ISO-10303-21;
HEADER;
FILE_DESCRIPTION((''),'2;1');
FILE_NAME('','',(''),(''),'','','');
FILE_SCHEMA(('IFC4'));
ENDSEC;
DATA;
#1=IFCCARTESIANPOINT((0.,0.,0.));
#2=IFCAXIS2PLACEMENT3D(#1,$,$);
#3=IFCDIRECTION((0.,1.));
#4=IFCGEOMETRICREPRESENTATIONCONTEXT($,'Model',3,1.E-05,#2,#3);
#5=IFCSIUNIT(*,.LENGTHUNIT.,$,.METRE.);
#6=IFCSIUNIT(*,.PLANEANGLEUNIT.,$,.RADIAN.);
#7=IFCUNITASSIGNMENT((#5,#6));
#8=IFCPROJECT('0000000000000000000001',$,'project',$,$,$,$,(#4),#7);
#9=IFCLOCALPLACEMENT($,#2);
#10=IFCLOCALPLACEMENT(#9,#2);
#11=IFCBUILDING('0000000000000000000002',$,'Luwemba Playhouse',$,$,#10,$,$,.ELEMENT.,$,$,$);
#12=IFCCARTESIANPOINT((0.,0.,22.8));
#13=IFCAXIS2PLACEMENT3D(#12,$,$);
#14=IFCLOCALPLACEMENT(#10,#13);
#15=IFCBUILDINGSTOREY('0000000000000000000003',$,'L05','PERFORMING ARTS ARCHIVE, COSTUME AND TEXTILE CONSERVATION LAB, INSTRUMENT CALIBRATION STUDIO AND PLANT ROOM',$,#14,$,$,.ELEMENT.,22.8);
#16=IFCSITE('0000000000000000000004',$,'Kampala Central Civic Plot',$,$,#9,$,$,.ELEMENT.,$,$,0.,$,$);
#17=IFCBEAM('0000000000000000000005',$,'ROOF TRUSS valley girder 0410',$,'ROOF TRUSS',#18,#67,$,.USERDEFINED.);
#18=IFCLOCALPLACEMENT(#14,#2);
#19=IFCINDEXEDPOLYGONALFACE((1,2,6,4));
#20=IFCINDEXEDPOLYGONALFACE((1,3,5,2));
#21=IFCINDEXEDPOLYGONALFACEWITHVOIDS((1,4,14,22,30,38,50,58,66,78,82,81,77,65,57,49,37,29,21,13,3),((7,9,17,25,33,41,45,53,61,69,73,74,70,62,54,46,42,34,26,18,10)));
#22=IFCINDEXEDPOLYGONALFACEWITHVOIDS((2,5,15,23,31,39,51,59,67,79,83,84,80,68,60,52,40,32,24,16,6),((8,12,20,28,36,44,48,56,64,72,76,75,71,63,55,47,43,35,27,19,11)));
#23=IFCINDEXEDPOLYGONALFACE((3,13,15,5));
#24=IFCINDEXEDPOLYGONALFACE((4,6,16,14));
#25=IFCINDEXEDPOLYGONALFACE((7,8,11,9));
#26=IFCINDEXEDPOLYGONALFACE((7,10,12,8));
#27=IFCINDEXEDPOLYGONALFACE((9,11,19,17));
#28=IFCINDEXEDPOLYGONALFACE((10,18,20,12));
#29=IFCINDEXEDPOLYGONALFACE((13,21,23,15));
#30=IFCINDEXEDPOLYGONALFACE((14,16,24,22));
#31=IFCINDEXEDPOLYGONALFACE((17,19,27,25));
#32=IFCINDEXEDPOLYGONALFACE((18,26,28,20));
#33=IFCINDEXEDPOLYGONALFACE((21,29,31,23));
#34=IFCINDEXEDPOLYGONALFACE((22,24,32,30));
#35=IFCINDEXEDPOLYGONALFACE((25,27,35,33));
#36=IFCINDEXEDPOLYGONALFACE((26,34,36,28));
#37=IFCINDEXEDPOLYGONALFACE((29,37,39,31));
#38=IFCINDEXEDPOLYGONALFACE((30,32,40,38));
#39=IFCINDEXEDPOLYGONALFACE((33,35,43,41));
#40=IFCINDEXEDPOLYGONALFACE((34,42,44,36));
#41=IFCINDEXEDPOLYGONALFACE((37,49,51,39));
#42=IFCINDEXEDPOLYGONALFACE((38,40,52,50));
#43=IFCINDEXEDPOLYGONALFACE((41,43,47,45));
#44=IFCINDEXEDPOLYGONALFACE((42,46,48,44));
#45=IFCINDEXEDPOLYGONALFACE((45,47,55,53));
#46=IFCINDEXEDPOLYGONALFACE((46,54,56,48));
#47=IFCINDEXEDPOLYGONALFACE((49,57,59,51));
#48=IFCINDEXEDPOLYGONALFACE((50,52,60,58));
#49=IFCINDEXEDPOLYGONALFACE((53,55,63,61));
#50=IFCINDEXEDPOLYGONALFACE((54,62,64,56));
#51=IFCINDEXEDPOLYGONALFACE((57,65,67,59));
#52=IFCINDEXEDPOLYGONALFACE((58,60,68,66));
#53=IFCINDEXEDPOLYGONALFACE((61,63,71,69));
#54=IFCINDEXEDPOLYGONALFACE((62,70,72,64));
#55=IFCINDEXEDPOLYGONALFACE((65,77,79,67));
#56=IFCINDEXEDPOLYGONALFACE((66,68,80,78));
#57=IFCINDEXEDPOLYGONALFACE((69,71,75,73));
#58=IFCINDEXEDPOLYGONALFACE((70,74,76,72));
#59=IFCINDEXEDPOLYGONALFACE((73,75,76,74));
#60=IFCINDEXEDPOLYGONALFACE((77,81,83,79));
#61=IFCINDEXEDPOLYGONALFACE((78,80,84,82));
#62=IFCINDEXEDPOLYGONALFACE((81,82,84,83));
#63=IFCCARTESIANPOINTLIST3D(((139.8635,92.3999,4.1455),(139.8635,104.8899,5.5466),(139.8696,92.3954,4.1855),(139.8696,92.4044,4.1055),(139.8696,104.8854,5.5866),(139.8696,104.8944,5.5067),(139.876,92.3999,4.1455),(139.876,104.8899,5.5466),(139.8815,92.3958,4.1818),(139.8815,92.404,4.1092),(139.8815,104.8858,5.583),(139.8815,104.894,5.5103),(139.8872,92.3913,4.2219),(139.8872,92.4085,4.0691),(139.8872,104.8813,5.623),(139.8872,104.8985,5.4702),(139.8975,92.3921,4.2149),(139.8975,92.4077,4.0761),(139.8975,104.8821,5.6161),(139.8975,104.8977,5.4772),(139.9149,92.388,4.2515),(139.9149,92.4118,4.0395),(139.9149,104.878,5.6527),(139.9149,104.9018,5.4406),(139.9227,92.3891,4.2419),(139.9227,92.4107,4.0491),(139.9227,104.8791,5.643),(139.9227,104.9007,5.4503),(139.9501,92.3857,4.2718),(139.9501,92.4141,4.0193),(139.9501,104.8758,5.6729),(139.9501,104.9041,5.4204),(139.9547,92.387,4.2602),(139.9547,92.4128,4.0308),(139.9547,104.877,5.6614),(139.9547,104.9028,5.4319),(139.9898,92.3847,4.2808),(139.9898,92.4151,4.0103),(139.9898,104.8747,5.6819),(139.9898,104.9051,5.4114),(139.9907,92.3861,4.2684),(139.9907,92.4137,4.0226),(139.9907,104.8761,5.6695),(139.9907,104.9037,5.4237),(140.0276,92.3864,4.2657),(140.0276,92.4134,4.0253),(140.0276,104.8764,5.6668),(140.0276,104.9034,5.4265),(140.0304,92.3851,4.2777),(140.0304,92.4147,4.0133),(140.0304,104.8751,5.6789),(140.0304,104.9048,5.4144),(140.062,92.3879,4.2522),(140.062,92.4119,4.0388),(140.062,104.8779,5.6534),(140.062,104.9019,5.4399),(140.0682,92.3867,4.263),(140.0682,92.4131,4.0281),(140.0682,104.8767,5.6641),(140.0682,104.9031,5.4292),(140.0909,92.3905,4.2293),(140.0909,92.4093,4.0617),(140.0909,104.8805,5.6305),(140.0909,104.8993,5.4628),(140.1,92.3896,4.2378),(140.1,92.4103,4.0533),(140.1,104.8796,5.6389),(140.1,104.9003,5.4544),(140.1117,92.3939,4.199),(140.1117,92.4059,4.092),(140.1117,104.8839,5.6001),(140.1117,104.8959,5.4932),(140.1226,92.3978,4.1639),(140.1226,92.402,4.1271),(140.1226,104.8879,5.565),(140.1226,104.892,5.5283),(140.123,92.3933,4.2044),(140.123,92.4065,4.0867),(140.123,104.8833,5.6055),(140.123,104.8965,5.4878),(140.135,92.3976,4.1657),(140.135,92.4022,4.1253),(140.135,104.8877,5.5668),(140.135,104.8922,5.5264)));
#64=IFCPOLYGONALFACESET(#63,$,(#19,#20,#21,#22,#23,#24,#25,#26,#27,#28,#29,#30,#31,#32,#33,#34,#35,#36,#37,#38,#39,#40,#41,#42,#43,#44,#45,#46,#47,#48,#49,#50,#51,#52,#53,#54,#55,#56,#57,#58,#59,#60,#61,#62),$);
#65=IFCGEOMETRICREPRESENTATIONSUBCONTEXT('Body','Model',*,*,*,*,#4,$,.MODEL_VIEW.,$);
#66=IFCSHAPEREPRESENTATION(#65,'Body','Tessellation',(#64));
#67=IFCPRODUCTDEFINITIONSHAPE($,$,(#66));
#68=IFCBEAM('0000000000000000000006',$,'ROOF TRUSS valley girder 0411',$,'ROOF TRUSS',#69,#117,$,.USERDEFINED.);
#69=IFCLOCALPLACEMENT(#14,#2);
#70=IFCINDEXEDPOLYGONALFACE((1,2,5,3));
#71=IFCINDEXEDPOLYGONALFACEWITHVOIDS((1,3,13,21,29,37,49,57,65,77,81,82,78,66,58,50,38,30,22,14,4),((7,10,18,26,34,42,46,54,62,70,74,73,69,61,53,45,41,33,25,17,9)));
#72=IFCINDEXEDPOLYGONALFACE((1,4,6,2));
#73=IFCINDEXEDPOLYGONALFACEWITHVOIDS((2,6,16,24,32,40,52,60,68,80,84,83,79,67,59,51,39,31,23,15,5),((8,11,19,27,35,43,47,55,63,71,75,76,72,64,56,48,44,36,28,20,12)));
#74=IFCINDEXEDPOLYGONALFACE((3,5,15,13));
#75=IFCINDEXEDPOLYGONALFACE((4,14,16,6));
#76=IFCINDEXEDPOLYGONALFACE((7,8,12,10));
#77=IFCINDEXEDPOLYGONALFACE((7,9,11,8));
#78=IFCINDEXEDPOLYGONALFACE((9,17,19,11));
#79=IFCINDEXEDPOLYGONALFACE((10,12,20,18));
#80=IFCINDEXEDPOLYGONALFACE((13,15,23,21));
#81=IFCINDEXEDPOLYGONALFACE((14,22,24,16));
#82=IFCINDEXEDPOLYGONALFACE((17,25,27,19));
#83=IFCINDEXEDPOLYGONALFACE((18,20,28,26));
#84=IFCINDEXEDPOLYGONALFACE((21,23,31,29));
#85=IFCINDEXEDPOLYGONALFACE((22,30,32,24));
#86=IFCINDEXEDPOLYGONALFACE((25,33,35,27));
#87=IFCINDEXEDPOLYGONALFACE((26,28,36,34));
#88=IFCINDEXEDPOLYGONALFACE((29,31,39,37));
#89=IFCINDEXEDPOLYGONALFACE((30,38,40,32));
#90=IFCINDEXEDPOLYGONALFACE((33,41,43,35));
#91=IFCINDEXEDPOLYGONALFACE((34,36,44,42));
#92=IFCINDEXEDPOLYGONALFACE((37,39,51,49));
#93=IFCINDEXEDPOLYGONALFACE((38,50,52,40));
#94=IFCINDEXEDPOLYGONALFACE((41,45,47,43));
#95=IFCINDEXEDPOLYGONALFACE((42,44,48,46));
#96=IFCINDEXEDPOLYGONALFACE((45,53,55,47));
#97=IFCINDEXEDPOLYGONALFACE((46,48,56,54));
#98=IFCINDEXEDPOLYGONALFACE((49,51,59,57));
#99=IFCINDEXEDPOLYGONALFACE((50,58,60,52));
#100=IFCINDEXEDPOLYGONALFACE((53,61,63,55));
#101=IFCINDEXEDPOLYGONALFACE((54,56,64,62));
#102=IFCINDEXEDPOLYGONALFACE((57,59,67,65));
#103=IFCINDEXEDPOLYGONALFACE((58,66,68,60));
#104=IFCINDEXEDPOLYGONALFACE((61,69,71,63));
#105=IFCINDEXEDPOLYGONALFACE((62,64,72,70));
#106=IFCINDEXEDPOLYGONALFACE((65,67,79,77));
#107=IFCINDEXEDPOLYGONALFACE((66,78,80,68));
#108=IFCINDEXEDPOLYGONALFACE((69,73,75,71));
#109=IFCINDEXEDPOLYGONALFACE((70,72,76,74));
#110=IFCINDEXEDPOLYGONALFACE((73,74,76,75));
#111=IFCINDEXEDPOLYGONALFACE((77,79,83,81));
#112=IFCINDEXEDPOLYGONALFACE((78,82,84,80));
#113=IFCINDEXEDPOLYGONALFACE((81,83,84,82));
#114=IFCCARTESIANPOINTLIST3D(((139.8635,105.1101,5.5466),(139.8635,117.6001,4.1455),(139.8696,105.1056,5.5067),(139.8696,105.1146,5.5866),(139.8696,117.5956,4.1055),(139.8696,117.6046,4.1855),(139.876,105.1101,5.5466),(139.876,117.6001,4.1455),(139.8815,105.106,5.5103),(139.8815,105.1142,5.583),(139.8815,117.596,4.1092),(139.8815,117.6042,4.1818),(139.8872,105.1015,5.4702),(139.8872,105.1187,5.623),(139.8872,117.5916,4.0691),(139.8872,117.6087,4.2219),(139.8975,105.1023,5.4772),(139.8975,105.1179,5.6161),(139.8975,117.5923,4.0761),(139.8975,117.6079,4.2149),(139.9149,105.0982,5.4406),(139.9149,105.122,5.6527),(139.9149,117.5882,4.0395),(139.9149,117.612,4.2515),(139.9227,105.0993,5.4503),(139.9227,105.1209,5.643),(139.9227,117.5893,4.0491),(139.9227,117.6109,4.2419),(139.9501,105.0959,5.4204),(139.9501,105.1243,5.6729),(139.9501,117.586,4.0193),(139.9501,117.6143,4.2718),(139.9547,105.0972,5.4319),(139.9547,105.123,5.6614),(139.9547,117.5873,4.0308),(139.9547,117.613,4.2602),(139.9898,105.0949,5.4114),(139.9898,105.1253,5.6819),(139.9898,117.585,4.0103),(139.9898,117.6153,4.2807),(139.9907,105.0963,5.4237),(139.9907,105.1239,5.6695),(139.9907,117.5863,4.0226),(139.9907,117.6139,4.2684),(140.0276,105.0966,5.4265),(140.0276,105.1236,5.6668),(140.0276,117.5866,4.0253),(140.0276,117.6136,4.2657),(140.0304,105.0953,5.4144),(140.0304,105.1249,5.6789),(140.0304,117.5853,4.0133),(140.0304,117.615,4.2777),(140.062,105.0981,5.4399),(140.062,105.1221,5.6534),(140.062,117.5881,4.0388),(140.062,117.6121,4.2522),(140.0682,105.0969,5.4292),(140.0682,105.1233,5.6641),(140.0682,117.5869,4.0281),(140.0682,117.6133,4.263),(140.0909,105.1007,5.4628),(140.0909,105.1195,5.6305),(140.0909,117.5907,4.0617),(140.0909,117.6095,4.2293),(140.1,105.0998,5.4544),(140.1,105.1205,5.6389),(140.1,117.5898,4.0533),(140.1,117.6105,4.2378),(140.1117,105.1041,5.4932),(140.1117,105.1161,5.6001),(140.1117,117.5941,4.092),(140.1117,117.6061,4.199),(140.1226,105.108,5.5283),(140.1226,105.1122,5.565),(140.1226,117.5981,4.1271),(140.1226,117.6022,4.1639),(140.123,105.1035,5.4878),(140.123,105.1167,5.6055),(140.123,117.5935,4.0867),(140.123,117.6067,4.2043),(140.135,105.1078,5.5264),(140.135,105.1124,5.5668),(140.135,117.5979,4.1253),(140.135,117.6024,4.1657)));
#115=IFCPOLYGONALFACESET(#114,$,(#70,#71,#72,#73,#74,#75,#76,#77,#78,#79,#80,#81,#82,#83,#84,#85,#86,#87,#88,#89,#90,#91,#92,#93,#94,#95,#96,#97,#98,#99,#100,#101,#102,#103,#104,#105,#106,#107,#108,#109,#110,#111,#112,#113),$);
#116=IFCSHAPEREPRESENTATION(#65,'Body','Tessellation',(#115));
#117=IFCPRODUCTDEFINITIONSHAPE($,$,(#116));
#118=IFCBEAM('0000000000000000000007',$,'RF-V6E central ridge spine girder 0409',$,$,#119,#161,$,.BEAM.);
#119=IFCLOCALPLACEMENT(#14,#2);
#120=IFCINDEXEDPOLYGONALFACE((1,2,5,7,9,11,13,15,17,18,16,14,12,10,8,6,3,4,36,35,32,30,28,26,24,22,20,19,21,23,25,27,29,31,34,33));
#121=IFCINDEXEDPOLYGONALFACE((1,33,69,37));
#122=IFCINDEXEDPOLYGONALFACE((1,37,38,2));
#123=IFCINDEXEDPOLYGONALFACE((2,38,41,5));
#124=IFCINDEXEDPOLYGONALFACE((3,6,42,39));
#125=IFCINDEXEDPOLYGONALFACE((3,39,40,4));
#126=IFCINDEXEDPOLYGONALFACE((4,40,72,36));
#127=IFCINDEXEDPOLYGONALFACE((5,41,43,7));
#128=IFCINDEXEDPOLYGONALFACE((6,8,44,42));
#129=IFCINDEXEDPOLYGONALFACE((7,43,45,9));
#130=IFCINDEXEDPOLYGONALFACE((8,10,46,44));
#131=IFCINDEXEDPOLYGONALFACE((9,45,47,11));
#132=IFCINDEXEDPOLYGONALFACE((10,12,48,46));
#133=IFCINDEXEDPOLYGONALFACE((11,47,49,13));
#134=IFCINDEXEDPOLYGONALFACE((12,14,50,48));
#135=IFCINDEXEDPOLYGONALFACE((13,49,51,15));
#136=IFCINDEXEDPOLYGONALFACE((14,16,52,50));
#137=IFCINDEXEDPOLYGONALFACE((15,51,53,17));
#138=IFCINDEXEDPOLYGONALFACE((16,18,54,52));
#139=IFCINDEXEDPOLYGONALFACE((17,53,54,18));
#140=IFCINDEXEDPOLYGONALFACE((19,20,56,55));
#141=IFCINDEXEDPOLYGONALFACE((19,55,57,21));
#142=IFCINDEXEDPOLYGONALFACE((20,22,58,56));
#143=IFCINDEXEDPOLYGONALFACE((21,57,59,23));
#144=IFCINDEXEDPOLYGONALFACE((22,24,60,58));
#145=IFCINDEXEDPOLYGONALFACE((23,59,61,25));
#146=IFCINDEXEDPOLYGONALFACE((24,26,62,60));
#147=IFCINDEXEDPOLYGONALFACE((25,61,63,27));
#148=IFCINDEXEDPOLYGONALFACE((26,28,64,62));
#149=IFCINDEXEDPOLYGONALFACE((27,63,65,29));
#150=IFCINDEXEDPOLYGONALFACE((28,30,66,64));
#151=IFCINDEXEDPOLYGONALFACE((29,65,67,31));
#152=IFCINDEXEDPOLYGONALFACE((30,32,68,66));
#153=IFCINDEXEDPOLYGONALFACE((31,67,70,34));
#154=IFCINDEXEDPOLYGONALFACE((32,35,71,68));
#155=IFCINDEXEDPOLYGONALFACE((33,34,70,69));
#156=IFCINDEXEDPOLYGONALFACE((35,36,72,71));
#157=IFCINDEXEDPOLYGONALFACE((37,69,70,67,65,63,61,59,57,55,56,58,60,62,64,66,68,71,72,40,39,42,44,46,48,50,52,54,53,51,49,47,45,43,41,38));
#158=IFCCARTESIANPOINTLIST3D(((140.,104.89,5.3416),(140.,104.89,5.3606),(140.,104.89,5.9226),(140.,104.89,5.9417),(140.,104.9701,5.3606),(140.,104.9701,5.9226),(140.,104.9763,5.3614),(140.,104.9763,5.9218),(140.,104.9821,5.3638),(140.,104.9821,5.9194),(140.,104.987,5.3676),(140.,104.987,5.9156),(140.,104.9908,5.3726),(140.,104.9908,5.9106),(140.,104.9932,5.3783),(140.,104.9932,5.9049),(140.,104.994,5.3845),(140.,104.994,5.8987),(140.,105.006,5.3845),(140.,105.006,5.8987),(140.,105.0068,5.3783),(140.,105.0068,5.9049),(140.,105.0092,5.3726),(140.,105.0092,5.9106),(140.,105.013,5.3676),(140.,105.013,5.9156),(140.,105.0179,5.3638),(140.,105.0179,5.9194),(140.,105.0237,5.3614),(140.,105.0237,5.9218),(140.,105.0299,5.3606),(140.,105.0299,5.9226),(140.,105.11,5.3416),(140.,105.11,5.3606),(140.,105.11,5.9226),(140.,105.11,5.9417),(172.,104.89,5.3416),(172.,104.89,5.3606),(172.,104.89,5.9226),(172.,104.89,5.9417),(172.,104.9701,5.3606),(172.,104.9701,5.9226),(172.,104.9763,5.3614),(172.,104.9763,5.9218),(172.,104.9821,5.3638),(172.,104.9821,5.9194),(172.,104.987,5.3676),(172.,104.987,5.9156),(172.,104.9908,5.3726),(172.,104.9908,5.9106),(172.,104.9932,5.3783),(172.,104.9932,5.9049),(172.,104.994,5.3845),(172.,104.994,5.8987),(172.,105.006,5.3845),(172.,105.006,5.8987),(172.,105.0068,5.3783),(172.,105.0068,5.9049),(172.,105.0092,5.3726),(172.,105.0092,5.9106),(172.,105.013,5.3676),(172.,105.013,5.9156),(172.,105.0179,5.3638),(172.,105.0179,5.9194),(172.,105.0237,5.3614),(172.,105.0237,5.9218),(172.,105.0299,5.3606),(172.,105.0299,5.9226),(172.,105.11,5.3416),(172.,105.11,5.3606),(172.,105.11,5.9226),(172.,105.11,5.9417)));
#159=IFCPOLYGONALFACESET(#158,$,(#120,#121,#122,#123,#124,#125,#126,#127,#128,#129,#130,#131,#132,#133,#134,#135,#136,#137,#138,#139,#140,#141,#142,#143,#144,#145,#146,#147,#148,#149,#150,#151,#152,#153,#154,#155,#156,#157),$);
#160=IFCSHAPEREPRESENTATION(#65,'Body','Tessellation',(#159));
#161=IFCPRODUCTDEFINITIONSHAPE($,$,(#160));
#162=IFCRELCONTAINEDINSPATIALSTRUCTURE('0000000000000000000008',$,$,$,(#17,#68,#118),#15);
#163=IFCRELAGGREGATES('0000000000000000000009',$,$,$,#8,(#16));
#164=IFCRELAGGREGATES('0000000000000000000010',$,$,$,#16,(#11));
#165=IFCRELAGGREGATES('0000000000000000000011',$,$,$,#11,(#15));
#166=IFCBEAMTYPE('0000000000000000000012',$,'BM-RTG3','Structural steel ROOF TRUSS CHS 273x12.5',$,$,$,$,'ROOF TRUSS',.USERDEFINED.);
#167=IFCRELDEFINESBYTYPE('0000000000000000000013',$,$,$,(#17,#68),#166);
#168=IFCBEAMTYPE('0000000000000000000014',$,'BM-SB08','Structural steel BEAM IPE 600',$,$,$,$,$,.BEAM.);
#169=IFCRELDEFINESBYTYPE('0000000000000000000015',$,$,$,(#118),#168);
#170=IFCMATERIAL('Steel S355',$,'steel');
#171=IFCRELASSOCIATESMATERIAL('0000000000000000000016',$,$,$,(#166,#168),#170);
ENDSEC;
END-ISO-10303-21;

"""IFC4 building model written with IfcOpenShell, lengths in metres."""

from ifc_helpers import new_model, si_unit, direction, frame, origin, origin_2d, place, context, subcontext, project, spatial, hollow_circle, i_section, extrude, material, material_profile, profile_set, type_object, element, save


model = new_model("IFC4")

# Units and contexts
model_context = context("Model", 3, precision=1e-05, world=origin(), true_north=direction((0.0, 1.0)))
body_context = subcontext(model_context, "Body", "Model", "MODEL_VIEW")
ifc_project = project(units=[si_unit("LENGTHUNIT", "METRE"), si_unit("PLANEANGLEUNIT", "RADIAN")], contexts=[model_context])

# Site, building, storey
site_placement = place(None, origin())
site = spatial("IfcSite", under=ifc_project, at=site_placement, Name="Kampala Central Civic Plot", CompositionType="ELEMENT", RefElevation=0.0)
building_placement = place(site_placement, origin())
building = spatial("IfcBuilding", under=site, at=building_placement, Name="Luwemba Playhouse", CompositionType="ELEMENT")
storey_placement = place(building_placement, frame((0.0, 0.0, 22.8)))
storey = spatial("IfcBuildingStorey", under=building, at=storey_placement, Name="L05", Description="PERFORMING ARTS ARCHIVE, COSTUME AND TEXTILE CONSERVATION LAB, INSTRUMENT CALIBRATION STUDIO AND PLANT ROOM", CompositionType="ELEMENT", Elevation=22.8)

# Shared definitions
ifc_material_1 = material(Name="Steel S355", Category="steel")

# Beams
ifc_material_profile_1 = material_profile(ifc_material_1, hollow_circle(Radius=0.1365, WallThickness=0.0125, at=origin_2d()))
ifc_profile_set_1 = profile_set([ifc_material_profile_1], Name="Steel S355")
beam_type_1 = type_object("IfcBeamType", Name="BM-RTG3", Description="Structural steel ROOF TRUSS CHS 273x12.5", ElementType="ROOF TRUSS", PredefinedType="USERDEFINED", material=ifc_profile_set_1)
for number, where, z_axis, x_axis, name in (
    (1, (140.0, 92.3999, 4.1455), (0.0, 0.993767, 0.11148), (-1.0, 0.0, 0.0), "ROOF TRUSS valley girder 0410"),
    (2, (140.0, 105.1101, 5.5466), (0.0, 0.993767, -0.11148), (-1.0, 0.0, 0.0), "ROOF TRUSS valley girder 0411"),
):
    element("IfcBeam", number, at=place(storey_placement, frame(where, z_axis=z_axis, x_axis=x_axis)), inside=storey, type_object=beam_type_1, Name=name, ObjectType="ROOF TRUSS", PredefinedType="USERDEFINED", context=body_context, shape_type="SweptSolid", body=[
        extrude(hollow_circle(Radius=0.1365, WallThickness=0.0125, at=origin_2d()), origin(), (0.0, 0.0, 1.0), 12.5684),
    ])
ifc_material_profile_2 = material_profile(ifc_material_1, i_section(OverallWidth=0.22, OverallDepth=0.6001, WebThickness=0.012, FlangeThickness=0.019, FilletRadius=0.0239, at=origin_2d()))
ifc_profile_set_2 = profile_set([ifc_material_profile_2], Name="Steel S355")
beam_type_2 = type_object("IfcBeamType", Name="BM-SB08", Description="Structural steel BEAM IPE 600", PredefinedType="BEAM", material=ifc_profile_set_2)
beam_1_placement = place(storey_placement, frame((140.0, 105.0, 5.6416), z_axis=(1.0, 0.0, 0.0), x_axis=(0.0, 1.0, 0.0)))
element("IfcBeam", 3, at=beam_1_placement, inside=storey, type_object=beam_type_2, Name="RF-V6E central ridge spine girder 0409", PredefinedType="BEAM", context=body_context, shape_type="SweptSolid", body=[
    extrude(i_section(OverallWidth=0.22, OverallDepth=0.6001, WebThickness=0.012, FlangeThickness=0.019, FilletRadius=0.0239, at=origin_2d()), origin(), (0.0, 0.0, 1.0), 32.0),
])

save(model, "model.ifc")
